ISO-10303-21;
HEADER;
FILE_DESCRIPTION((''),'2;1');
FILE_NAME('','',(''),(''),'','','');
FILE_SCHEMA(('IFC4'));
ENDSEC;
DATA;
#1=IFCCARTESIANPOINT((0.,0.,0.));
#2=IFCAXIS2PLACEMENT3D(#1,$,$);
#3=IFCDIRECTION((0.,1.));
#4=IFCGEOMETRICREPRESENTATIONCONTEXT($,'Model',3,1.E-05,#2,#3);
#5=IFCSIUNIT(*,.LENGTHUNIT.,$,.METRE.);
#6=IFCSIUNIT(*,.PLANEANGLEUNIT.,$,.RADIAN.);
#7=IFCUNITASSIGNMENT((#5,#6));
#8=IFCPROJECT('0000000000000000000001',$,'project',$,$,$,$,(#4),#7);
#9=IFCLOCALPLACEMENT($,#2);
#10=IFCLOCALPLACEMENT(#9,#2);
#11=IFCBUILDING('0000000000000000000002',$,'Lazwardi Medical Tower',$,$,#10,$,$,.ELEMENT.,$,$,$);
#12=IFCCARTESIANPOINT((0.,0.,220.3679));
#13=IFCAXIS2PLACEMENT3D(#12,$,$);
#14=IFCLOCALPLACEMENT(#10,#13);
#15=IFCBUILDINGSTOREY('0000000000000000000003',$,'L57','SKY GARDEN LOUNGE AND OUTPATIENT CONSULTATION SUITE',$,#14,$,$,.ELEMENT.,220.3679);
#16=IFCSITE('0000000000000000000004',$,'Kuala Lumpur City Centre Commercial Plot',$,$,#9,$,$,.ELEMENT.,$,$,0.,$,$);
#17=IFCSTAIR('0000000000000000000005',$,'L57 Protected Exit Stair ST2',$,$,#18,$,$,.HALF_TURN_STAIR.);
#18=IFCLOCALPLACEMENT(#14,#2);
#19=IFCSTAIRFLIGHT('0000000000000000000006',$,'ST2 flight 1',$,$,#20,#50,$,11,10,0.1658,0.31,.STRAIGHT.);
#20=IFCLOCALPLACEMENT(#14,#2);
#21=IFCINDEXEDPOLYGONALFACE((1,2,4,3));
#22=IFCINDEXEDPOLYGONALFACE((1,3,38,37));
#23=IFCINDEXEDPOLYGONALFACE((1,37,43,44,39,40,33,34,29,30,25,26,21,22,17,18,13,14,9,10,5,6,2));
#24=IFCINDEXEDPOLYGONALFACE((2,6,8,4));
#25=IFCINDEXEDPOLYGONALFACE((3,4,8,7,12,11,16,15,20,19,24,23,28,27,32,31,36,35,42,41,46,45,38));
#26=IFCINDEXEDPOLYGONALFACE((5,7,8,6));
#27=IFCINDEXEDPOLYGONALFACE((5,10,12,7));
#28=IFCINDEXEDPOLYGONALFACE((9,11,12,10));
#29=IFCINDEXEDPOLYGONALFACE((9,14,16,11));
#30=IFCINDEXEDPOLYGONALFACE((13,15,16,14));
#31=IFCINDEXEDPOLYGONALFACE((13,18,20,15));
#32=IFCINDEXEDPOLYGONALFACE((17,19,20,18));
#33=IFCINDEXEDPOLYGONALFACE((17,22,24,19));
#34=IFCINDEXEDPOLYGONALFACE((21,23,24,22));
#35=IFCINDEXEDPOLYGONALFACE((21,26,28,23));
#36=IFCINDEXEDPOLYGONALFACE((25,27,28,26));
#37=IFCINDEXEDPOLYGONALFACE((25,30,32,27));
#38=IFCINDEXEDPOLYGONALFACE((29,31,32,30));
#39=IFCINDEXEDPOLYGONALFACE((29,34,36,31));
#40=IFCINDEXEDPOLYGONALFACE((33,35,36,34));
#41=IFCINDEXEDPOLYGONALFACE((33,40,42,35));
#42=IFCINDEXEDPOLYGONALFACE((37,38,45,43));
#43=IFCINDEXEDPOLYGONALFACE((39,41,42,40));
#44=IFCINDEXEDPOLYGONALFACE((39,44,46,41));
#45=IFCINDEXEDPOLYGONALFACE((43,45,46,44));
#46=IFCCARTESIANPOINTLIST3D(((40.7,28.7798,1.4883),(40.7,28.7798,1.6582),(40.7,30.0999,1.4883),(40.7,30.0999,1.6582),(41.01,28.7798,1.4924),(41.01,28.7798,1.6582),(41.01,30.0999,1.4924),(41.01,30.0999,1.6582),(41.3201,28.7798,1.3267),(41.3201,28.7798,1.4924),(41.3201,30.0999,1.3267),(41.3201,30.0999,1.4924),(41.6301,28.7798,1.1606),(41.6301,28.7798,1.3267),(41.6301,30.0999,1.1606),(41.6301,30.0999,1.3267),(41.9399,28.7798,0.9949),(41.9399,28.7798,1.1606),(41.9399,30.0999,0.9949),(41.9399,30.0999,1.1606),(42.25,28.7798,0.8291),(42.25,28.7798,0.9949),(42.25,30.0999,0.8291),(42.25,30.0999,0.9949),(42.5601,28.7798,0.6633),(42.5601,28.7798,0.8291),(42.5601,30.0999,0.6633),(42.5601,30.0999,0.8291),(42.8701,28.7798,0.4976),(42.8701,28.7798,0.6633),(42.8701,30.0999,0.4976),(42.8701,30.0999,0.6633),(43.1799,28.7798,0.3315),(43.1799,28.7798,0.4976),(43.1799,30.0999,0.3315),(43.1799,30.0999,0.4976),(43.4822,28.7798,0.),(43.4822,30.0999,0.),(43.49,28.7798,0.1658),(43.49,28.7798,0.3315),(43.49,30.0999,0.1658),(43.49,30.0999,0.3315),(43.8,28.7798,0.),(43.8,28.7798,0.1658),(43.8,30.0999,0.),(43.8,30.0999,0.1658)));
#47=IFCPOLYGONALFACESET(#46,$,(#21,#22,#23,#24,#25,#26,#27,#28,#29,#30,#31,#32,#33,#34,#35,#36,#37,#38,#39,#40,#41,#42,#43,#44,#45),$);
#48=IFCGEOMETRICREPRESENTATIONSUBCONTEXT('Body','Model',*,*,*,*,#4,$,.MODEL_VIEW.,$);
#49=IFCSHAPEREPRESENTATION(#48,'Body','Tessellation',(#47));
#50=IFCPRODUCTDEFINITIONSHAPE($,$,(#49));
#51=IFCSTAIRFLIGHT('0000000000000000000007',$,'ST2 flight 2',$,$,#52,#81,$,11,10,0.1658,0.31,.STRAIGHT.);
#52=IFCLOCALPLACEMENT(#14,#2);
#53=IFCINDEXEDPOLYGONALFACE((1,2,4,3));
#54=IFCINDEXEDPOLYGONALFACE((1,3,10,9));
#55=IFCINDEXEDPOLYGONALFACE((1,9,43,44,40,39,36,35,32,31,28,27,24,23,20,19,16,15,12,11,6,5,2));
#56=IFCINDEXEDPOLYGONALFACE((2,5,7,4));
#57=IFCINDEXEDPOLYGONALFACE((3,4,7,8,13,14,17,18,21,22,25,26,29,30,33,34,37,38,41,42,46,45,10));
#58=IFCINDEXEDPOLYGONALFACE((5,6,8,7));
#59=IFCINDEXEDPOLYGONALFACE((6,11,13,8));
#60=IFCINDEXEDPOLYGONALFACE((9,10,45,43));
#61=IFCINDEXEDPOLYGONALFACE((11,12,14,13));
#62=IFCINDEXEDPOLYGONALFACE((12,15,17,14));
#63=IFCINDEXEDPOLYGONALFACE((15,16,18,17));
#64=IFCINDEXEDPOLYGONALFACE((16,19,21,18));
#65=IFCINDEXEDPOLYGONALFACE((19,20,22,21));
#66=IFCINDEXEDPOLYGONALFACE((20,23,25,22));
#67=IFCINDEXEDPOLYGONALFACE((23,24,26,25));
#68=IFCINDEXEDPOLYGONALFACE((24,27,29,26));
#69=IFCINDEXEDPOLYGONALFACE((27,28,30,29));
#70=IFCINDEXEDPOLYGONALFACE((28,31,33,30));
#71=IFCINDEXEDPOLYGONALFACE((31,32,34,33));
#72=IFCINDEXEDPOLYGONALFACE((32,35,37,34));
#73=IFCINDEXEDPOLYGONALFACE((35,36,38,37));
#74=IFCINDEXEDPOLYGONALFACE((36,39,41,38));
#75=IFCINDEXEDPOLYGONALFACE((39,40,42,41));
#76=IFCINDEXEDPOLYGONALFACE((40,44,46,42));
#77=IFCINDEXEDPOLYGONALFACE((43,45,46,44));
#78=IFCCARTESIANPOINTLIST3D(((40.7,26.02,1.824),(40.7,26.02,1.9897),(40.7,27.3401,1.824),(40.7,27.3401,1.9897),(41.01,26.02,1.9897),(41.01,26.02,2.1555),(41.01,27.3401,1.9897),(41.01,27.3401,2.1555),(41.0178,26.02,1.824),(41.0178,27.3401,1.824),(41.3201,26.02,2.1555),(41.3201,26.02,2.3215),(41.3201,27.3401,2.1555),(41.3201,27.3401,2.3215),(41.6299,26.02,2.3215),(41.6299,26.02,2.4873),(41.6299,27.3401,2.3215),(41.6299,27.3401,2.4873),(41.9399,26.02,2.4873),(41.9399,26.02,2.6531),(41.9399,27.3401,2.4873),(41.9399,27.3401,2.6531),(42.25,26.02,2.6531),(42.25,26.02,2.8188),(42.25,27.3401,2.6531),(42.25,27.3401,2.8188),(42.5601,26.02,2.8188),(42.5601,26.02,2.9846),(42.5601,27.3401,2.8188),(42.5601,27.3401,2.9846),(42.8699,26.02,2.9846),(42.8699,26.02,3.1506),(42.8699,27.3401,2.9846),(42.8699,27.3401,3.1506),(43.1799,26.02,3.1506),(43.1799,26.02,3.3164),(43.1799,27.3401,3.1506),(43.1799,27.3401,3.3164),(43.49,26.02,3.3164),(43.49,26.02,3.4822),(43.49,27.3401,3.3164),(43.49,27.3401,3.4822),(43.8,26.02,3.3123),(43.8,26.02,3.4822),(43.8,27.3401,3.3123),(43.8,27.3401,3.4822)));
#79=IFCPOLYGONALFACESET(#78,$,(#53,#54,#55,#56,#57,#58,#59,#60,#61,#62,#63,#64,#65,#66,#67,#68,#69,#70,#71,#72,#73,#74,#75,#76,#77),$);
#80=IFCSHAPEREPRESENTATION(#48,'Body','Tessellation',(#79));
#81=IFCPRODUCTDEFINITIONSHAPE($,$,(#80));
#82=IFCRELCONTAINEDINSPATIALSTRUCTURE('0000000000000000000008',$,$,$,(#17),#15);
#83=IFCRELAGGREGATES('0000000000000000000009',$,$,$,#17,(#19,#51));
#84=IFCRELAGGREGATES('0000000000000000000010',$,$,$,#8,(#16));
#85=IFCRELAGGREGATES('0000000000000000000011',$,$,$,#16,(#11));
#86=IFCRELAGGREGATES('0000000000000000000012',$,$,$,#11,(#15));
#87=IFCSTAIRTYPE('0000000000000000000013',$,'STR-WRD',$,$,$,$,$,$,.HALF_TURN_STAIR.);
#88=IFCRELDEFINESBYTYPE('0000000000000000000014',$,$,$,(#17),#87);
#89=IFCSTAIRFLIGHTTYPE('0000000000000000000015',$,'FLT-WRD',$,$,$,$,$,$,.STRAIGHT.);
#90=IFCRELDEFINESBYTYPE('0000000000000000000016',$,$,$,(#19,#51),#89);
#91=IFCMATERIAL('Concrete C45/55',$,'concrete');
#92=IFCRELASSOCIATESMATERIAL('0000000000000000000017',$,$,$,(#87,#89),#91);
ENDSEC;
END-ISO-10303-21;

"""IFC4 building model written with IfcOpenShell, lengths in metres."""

from ifc_helpers import new_model, si_unit, direction, frame, origin, place, context, subcontext, project, spatial, polyline, outline, extrude, material, type_object, element, aggregate, save


model = new_model("IFC4")

# Units and contexts
model_context = context("Model", 3, precision=1e-05, world=origin(), true_north=direction((0.0, 1.0)))
body_context = subcontext(model_context, "Body", "Model", "MODEL_VIEW")
ifc_project = project(units=[si_unit("LENGTHUNIT", "METRE"), si_unit("PLANEANGLEUNIT", "RADIAN")], contexts=[model_context])

# Site, building, storey
site_placement = place(None, origin())
site = spatial("IfcSite", under=ifc_project, at=site_placement, Name="Kuala Lumpur City Centre Commercial Plot", CompositionType="ELEMENT", RefElevation=0.0)
building_placement = place(site_placement, origin())
building = spatial("IfcBuilding", under=site, at=building_placement, Name="Lazwardi Medical Tower", CompositionType="ELEMENT")
storey_placement = place(building_placement, frame((0.0, 0.0, 220.3679)))
storey = spatial("IfcBuildingStorey", under=building, at=storey_placement, Name="L57", Description="SKY GARDEN LOUNGE AND OUTPATIENT CONSULTATION SUITE", CompositionType="ELEMENT", Elevation=220.3679)

# Stair, stair flights
ifc_material_1 = material(Name="Concrete C45/55", Category="concrete")
stair_type = type_object("IfcStairType", Name="STR-WRD", PredefinedType="HALF_TURN_STAIR", material=ifc_material_1)
stair_placement = place(storey_placement, origin())
stair = element("IfcStair", 1, at=stair_placement, inside=storey, type_object=stair_type, Name="L57 Protected Exit Stair ST2", PredefinedType="HALF_TURN_STAIR")
stair_flight_type = type_object("IfcStairFlightType", Name="FLT-WRD", PredefinedType="STRAIGHT", material=ifc_material_1)
stair_flight_1_placement = place(storey_placement, frame((43.8, 29.4399, 0.0), z_axis=(0.0, 0.0, 1.0), x_axis=(-1.0, 0.0, 0.0)))
stair_flight_1 = element("IfcStairFlight", 2, at=stair_flight_1_placement, type_object=stair_flight_type, Name="ST2 flight 1", NumberOfRisers=11, NumberOfTreads=10, PredefinedType="STRAIGHT", RiserHeight=0.1658, TreadLength=0.31, context=body_context, shape_type="SweptSolid", body=[
    extrude(outline(polyline([(0.0, 0.0), (0.0, 0.1658), (0.3101, 0.1658), (0.3101, 0.3315), (0.6201, 0.3315), (0.6201, 0.4976), (0.9299, 0.4976), (0.9299, 0.6633), (1.24, 0.6633), (1.24, 0.8291), (1.55, 0.8291), (1.55, 0.9949), (1.8601, 0.9949), (1.8601, 1.1606), (2.1699, 1.1606), (2.1699, 1.3267), (2.48, 1.3267), (2.48, 1.4924), (2.79, 1.4924), (2.79, 1.6582), (3.1001, 1.6582), (3.1001, 1.824), (3.1001, 1.4883), (0.3179, 0.0), (0.0, 0.0)])), frame((0.0, 0.6602, 0.0), z_axis=(0.0, -1.0, 0.0), x_axis=(1.0, 0.0, 0.0)), (0.0, 0.0, 1.0), 1.3201),
])
stair_flight_2_placement = place(storey_placement, frame((40.7, 26.6799, 1.824), z_axis=(0.0, 0.0, 1.0), x_axis=(1.0, 0.0, 0.0)))
stair_flight_2 = element("IfcStairFlight", 3, at=stair_flight_2_placement, type_object=stair_flight_type, Name="ST2 flight 2", NumberOfRisers=11, NumberOfTreads=10, PredefinedType="STRAIGHT", RiserHeight=0.1658, TreadLength=0.31, context=body_context, shape_type="SweptSolid", body=[
    extrude(outline(polyline([(0.0, 0.0), (0.0, 0.1658), (0.3101, 0.1658), (0.3101, 0.3315), (0.6201, 0.3315), (0.6201, 0.4976), (0.9299, 0.4976), (0.9299, 0.6633), (1.24, 0.6633), (1.24, 0.8291), (1.55, 0.8291), (1.55, 0.9949), (1.8601, 0.9949), (1.8601, 1.1606), (2.1699, 1.1606), (2.1699, 1.3267), (2.48, 1.3267), (2.48, 1.4924), (2.79, 1.4924), (2.79, 1.6582), (3.1001, 1.6582), (3.1001, 1.824), (3.1001, 1.4883), (0.3179, 0.0), (0.0, 0.0)])), frame((0.0, 0.6602, 0.0), z_axis=(0.0, -1.0, 0.0), x_axis=(1.0, 0.0, 0.0)), (0.0, 0.0, 1.0), 1.3201),
])
aggregate(stair, [stair_flight_1, stair_flight_2])

save(model, "model.ifc")
